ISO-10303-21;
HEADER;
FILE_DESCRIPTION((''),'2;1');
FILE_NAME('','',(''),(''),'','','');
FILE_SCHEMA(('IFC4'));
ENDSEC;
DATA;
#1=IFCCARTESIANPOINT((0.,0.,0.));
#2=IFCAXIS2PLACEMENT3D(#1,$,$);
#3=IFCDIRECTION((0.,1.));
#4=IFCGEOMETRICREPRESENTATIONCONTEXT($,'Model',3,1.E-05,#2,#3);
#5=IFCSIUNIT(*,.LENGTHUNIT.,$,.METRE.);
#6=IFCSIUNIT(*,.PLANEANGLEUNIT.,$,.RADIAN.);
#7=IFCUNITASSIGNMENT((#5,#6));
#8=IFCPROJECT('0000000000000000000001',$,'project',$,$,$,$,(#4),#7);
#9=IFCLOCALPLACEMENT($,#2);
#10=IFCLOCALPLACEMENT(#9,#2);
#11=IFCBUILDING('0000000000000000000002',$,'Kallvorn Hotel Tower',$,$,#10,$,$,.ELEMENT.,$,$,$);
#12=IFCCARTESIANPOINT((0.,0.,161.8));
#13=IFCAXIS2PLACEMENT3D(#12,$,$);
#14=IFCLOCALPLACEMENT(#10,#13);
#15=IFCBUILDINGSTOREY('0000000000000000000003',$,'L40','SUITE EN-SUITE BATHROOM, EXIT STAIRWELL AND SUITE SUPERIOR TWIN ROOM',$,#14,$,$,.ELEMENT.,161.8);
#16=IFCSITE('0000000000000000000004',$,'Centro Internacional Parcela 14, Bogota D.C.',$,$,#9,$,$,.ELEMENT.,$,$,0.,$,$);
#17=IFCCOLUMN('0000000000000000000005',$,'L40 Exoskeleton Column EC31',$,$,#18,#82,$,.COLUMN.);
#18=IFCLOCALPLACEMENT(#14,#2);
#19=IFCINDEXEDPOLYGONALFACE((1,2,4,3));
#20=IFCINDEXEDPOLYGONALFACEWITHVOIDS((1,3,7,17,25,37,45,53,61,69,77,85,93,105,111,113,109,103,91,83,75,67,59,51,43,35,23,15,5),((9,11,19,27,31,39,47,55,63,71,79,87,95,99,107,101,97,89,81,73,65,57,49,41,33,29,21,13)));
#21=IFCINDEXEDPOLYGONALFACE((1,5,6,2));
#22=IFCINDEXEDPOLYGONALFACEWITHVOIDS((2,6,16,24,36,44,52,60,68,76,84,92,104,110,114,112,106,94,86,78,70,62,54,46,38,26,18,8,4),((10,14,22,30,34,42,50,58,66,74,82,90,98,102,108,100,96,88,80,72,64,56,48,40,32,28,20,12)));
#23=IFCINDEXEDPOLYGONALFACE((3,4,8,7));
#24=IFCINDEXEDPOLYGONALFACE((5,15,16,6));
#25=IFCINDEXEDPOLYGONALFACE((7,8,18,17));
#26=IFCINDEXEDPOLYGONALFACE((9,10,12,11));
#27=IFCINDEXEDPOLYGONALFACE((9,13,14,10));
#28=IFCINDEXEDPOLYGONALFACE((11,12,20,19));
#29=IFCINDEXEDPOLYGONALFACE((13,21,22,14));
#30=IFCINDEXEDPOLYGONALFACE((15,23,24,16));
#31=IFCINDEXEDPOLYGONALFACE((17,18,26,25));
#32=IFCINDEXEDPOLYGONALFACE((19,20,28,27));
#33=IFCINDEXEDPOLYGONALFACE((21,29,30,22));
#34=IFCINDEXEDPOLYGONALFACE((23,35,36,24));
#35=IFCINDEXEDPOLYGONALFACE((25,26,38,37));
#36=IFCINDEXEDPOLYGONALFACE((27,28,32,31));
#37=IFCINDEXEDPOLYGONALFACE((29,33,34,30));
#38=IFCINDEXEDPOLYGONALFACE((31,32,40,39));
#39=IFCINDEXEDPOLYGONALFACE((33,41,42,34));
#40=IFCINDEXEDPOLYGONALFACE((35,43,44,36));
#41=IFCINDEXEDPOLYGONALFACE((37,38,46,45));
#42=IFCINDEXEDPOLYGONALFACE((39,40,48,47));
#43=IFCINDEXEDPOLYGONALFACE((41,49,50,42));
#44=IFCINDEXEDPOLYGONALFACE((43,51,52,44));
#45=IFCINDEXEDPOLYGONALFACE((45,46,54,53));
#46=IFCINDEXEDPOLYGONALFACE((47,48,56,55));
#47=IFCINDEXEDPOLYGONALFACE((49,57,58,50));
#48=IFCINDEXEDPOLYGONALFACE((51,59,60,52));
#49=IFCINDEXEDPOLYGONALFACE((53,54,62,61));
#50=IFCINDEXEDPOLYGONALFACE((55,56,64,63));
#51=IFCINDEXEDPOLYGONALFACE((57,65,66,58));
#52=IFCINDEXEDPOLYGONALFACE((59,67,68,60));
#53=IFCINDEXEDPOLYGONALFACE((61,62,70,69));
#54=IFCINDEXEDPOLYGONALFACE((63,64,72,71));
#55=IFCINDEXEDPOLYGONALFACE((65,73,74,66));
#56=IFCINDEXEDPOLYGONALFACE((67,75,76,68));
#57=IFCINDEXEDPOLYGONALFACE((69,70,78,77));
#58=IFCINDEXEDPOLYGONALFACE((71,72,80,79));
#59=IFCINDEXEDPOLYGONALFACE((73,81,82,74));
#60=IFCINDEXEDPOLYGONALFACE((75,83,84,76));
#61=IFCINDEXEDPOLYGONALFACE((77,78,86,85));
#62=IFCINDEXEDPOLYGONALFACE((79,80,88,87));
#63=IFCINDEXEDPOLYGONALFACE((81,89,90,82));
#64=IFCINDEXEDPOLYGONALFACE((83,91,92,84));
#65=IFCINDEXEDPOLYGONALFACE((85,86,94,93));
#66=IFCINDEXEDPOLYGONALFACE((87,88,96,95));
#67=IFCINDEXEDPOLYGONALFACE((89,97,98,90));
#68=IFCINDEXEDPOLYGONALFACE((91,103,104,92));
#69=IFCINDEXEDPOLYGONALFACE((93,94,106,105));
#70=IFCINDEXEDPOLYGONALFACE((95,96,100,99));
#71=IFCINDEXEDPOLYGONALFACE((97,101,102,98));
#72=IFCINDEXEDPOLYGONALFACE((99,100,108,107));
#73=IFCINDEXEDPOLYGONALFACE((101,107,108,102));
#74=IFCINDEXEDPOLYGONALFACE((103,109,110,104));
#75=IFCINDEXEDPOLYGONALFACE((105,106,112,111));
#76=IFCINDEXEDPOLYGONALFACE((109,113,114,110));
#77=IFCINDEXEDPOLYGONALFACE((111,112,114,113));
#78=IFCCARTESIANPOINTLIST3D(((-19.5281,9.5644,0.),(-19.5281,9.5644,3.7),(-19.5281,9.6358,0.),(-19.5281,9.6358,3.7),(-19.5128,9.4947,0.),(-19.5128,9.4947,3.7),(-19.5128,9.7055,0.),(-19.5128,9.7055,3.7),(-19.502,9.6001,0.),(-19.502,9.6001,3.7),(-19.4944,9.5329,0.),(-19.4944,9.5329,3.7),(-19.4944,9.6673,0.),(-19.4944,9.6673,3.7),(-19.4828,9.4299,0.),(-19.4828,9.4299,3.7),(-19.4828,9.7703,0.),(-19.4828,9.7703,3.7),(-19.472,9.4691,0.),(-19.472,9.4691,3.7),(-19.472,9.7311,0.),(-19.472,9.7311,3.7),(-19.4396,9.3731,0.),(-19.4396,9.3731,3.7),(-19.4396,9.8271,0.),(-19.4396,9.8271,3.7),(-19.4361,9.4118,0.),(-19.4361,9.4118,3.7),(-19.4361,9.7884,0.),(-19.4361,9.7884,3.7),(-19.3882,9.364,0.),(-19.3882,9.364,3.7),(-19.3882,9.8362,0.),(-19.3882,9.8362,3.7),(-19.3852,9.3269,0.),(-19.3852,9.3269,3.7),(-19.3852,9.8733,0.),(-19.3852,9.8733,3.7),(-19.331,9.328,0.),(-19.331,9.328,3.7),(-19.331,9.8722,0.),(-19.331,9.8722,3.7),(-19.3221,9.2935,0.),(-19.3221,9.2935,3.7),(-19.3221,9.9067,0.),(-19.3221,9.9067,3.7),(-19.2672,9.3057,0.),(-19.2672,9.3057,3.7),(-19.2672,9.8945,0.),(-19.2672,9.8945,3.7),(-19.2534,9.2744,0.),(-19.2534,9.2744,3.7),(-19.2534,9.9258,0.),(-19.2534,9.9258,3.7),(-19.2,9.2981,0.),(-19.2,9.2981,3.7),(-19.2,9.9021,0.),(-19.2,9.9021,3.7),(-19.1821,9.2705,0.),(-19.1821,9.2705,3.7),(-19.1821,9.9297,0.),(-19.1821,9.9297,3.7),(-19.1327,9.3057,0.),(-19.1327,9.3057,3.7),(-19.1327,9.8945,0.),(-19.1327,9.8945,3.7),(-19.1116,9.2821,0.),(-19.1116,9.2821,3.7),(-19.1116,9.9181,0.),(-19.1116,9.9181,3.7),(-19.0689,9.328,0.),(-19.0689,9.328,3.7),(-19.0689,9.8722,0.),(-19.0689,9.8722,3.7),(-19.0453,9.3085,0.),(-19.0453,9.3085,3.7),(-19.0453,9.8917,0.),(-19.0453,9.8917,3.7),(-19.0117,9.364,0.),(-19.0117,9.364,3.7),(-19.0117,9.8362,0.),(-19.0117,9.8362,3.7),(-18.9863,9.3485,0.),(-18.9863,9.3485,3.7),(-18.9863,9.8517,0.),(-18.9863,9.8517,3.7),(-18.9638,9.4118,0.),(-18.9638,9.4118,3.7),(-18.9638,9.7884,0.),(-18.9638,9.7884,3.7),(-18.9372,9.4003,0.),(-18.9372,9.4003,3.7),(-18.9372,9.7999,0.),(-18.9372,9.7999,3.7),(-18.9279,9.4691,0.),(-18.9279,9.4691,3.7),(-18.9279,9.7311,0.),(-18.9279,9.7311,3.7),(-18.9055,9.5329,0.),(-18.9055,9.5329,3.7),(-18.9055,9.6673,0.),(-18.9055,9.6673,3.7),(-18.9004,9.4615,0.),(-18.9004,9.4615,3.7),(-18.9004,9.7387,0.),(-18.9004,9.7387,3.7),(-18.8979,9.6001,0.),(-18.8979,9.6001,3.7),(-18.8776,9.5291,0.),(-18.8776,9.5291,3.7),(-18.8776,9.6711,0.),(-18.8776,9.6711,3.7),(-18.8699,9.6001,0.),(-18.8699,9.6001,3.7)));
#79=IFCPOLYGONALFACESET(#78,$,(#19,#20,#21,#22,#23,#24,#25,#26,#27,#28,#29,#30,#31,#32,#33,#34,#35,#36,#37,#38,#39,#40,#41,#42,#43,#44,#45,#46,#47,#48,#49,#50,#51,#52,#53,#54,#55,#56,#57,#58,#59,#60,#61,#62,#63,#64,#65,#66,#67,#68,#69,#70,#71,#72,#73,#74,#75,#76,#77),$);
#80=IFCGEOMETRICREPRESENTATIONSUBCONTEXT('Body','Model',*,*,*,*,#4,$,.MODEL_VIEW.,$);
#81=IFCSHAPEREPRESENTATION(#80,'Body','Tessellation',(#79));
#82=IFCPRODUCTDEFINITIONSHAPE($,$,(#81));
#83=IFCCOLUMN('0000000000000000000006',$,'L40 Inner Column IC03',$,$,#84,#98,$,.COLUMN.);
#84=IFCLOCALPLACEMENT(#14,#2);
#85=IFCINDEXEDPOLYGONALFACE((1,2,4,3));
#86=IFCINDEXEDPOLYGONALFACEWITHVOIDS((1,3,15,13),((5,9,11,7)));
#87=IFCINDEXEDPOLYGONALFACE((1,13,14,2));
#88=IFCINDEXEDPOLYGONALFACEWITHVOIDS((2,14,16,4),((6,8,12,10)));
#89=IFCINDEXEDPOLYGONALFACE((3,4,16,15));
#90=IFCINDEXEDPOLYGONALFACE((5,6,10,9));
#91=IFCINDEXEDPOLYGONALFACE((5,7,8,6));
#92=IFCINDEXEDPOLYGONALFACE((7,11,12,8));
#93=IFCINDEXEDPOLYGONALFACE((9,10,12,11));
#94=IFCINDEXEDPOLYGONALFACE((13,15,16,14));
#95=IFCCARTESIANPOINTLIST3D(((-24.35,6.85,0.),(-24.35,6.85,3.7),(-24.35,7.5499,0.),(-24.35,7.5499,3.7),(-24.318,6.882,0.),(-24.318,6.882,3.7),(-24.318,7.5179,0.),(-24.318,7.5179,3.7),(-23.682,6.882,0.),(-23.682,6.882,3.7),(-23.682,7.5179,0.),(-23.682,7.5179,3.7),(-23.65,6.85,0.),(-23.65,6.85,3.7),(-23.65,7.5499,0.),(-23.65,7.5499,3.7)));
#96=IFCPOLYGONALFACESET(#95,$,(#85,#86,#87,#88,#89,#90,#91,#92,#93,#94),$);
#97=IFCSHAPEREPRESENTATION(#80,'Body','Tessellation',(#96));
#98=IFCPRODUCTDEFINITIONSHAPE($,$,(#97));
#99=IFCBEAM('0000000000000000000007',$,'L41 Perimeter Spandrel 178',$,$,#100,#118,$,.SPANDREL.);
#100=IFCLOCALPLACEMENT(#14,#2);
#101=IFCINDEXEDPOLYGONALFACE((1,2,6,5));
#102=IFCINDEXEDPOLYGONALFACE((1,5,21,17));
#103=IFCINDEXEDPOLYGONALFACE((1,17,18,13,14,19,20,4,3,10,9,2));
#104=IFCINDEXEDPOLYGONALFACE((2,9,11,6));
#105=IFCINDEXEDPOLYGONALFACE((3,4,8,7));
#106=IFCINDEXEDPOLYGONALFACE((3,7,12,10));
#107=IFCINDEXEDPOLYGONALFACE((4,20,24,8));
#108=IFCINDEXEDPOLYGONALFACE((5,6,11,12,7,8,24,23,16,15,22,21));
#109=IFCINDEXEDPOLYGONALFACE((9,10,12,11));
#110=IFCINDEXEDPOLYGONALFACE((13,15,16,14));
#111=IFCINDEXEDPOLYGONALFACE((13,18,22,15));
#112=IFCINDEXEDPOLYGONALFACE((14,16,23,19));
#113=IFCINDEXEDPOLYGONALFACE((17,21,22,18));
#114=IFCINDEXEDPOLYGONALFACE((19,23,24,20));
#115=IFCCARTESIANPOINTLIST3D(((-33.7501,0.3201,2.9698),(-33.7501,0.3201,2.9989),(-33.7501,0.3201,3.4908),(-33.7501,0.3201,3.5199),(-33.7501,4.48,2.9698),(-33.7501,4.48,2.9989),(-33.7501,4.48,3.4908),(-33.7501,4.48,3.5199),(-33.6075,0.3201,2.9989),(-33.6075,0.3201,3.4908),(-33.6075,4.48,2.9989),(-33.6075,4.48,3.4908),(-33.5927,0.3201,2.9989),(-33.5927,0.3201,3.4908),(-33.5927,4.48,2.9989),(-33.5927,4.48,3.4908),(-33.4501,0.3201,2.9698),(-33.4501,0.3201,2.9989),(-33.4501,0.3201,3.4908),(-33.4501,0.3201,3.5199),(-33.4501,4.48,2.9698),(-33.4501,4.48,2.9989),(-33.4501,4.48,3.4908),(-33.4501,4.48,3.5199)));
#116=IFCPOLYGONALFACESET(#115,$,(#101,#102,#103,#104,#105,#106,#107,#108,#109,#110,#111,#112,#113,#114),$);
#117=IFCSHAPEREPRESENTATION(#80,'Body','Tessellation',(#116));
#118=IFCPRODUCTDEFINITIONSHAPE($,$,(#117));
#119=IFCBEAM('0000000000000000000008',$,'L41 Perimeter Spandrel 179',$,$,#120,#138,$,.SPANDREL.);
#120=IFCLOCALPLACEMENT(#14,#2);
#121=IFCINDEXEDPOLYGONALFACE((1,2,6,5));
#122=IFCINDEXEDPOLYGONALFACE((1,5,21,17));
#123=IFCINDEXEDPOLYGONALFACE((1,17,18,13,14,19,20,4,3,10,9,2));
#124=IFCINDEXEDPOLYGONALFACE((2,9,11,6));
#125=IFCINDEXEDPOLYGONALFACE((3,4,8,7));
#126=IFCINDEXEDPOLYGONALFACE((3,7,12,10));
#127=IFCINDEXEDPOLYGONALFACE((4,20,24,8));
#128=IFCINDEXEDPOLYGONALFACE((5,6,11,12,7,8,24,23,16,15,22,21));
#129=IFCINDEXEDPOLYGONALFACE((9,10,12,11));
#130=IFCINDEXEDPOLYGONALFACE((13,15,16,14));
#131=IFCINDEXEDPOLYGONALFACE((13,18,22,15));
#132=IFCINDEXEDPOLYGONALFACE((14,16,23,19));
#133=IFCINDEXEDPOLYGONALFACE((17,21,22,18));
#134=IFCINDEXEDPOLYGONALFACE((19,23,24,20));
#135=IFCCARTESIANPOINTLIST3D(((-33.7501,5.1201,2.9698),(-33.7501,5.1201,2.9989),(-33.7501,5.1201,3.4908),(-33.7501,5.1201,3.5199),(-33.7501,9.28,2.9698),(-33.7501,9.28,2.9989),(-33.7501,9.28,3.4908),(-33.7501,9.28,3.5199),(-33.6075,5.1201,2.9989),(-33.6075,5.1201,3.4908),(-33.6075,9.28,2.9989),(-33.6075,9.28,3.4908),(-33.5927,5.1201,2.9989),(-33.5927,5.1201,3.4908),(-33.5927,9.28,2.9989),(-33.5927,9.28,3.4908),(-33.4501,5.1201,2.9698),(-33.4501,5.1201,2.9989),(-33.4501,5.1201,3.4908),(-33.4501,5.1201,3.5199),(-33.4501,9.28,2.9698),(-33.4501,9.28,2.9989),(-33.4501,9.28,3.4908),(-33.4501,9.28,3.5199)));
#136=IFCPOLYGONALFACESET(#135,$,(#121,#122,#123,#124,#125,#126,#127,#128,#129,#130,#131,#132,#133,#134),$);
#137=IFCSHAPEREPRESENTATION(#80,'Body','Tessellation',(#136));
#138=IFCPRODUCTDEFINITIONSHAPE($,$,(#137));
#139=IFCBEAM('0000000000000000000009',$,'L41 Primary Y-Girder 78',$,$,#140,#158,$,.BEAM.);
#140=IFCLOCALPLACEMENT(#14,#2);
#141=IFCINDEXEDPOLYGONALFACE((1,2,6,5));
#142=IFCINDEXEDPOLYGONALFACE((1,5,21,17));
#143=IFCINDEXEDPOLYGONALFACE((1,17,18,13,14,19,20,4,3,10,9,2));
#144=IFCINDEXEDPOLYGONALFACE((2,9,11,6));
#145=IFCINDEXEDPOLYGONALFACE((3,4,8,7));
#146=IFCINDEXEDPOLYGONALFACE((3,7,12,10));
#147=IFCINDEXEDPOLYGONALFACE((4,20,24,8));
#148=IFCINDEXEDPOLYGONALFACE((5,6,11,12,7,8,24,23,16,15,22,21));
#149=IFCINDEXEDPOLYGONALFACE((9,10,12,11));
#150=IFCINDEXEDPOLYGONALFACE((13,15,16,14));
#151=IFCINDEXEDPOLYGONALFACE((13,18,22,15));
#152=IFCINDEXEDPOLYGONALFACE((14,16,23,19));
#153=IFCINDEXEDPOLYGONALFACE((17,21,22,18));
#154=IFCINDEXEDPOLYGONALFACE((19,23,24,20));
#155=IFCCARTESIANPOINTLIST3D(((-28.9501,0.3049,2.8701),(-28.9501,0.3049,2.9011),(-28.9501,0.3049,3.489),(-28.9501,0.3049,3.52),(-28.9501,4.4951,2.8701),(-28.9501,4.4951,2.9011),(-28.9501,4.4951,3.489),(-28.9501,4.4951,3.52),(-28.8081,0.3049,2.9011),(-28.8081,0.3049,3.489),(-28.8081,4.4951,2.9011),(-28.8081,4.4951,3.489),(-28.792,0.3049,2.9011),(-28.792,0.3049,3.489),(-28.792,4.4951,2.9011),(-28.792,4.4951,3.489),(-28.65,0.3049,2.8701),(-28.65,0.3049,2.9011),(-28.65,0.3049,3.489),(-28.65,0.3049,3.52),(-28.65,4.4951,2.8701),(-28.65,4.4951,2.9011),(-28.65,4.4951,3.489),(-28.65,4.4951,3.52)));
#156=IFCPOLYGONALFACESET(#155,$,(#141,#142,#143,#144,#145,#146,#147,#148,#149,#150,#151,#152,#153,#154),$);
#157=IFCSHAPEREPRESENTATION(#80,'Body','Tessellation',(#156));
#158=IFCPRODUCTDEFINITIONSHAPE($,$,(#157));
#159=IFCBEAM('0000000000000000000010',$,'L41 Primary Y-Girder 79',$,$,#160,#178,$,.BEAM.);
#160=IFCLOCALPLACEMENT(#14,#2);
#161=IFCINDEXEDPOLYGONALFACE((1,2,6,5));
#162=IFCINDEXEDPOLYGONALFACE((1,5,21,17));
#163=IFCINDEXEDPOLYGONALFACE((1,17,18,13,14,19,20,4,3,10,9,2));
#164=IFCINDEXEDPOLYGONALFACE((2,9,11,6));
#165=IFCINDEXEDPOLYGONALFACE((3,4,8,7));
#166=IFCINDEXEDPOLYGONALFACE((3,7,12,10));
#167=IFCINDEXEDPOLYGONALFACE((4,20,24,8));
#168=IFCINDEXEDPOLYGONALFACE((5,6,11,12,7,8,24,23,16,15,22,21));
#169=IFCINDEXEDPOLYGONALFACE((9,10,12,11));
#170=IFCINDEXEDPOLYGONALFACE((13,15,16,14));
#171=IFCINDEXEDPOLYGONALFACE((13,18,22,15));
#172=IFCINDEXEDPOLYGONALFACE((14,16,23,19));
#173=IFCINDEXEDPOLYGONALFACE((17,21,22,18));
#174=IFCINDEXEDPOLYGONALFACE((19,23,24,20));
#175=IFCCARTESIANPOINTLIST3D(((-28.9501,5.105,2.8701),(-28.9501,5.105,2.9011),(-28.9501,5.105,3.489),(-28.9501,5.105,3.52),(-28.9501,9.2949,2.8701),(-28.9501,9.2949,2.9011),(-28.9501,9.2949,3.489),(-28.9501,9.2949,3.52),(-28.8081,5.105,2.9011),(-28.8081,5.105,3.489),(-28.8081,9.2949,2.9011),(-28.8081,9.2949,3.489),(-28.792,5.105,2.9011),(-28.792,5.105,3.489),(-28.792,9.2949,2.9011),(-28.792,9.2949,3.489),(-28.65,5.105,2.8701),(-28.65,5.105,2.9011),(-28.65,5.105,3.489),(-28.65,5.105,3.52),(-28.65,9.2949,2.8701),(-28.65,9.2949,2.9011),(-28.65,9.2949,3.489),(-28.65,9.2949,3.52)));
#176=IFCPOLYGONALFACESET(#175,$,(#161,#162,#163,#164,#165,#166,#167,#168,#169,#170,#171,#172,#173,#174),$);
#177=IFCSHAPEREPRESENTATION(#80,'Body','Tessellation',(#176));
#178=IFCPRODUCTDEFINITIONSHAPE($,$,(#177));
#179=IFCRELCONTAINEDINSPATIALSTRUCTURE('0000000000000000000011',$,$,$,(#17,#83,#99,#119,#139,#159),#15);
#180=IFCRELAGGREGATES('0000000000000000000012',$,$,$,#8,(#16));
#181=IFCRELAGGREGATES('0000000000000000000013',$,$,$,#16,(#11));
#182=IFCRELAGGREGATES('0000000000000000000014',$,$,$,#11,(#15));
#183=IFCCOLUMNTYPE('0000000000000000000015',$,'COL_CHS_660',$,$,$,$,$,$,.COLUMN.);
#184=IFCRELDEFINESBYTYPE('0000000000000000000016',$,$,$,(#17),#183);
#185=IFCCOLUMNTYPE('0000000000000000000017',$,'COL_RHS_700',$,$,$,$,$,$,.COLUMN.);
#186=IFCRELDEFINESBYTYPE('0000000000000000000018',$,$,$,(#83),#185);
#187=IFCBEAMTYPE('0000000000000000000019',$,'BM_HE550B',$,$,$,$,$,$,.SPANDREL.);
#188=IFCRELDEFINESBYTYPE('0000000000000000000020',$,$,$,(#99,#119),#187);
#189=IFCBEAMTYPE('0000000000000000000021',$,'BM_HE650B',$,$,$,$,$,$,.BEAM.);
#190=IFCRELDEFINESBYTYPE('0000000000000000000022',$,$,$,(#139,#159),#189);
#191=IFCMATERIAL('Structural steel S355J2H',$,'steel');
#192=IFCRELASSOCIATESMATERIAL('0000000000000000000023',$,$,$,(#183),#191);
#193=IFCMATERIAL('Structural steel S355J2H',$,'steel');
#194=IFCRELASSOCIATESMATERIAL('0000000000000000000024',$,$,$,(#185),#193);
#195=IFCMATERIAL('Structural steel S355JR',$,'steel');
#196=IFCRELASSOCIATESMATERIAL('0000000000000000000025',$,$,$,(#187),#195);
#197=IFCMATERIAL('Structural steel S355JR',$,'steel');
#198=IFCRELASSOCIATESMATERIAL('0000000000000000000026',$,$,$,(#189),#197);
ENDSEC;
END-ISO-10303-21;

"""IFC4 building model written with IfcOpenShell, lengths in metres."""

from ifc_helpers import new_model, si_unit, direction, frame, origin, origin_2d, place, context, subcontext, project, spatial, hollow_rectangle, hollow_circle, i_section, extrude, material, material_profile, profile_set, type_object, element, save


model = new_model("IFC4")

# Units and contexts
model_context = context("Model", 3, precision=1e-05, world=origin(), true_north=direction((0.0, 1.0)))
body_context = subcontext(model_context, "Body", "Model", "MODEL_VIEW")
ifc_project = project(units=[si_unit("LENGTHUNIT", "METRE"), si_unit("PLANEANGLEUNIT", "RADIAN")], contexts=[model_context])

# Site, building, storey
site_placement = place(None, origin())
site = spatial("IfcSite", under=ifc_project, at=site_placement, Name="Centro Internacional Parcela 14, Bogota D.C.", CompositionType="ELEMENT", RefElevation=0.0)
building_placement = place(site_placement, origin())
building = spatial("IfcBuilding", under=site, at=building_placement, Name="Kallvorn Hotel Tower", CompositionType="ELEMENT")
storey_placement = place(building_placement, frame((0.0, 0.0, 161.8)))
storey = spatial("IfcBuildingStorey", under=building, at=storey_placement, Name="L40", Description="SUITE EN-SUITE BATHROOM, EXIT STAIRWELL AND SUITE SUPERIOR TWIN ROOM", CompositionType="ELEMENT", Elevation=161.8)

# Columns
ifc_material_1 = material(Name="Structural steel S355J2H", Category="steel")
ifc_material_profile_1 = material_profile(ifc_material_1, hollow_circle(Radius=0.3301, WallThickness=0.0281, at=origin_2d()), Name="CHS 660x28")
ifc_profile_set_1 = profile_set([ifc_material_profile_1], Name="Structural steel S355J2H")
column_type_1 = type_object("IfcColumnType", Name="COL_CHS_660", PredefinedType="COLUMN", material=ifc_profile_set_1)
for number, where, z_axis, x_axis, name in (
    (1, (-19.2, 9.6001, 0.0), (0.0, 0.0, 1.0), (1.0, 0.0, 0.0), "L40 Exoskeleton Column EC31"),
):
    element("IfcColumn", number, at=place(storey_placement, frame(where, z_axis=z_axis, x_axis=x_axis)), inside=storey, type_object=column_type_1, Name=name, PredefinedType="COLUMN", context=body_context, shape_type="SweptSolid", body=[
        extrude(hollow_circle(Radius=0.3301, WallThickness=0.0281, at=origin_2d()), origin(), (0.0, 0.0, 1.0), 3.7),
    ])
ifc_material_2 = material(Name="Structural steel S355J2H", Category="steel")
ifc_material_profile_2 = material_profile(ifc_material_2, hollow_rectangle(XDim=0.7, YDim=0.7, WallThickness=0.032, at=origin_2d()), Name="RHS 700x700x32")
ifc_profile_set_2 = profile_set([ifc_material_profile_2], Name="Structural steel S355J2H")
column_type_2 = type_object("IfcColumnType", Name="COL_RHS_700", PredefinedType="COLUMN", material=ifc_profile_set_2)
column_placement = place(storey_placement, frame((-24.0, 7.2, 0.0), z_axis=(0.0, 0.0, 1.0), x_axis=(1.0, 0.0, 0.0)))
element("IfcColumn", 2, at=column_placement, inside=storey, type_object=column_type_2, Name="L40 Inner Column IC03", PredefinedType="COLUMN", context=body_context, shape_type="SweptSolid", body=[
    extrude(hollow_rectangle(XDim=0.7, YDim=0.7, WallThickness=0.032, at=origin_2d()), origin(), (0.0, 0.0, 1.0), 3.7),
])

# Beams
ifc_material_3 = material(Name="Structural steel S355JR", Category="steel")
ifc_material_profile_3 = material_profile(ifc_material_3, i_section(OverallWidth=0.3, OverallDepth=0.55, WebThickness=0.0149, FlangeThickness=0.0291, at=origin_2d()), Name="HE 550 B")
ifc_profile_set_3 = profile_set([ifc_material_profile_3], Name="Structural steel S355JR")
beam_type_1 = type_object("IfcBeamType", Name="BM_HE550B", PredefinedType="SPANDREL", material=ifc_profile_set_3)
for number, where, z_axis, x_axis, name in (
    (3, (-33.6001, 0.3201, 3.2449), (0.0, 1.0, 0.0), (-1.0, 0.0, 0.0), "L41 Perimeter Spandrel 178"),
    (4, (-33.6001, 5.1201, 3.2449), (0.0, 1.0, 0.0), (-1.0, 0.0, 0.0), "L41 Perimeter Spandrel 179"),
):
    element("IfcBeam", number, at=place(storey_placement, frame(where, z_axis=z_axis, x_axis=x_axis)), inside=storey, type_object=beam_type_1, Name=name, PredefinedType="SPANDREL", context=body_context, shape_type="SweptSolid", body=[
        extrude(i_section(OverallWidth=0.3, OverallDepth=0.55, WebThickness=0.0149, FlangeThickness=0.0291, at=origin_2d()), origin(), (0.0, 0.0, 1.0), 4.1599),
    ])
ifc_material_4 = material(Name="Structural steel S355JR", Category="steel")
ifc_material_profile_4 = material_profile(ifc_material_4, i_section(OverallWidth=0.3, OverallDepth=0.6499, WebThickness=0.0161, FlangeThickness=0.031, at=origin_2d()), Name="HE 650 B")
ifc_profile_set_4 = profile_set([ifc_material_profile_4], Name="Structural steel S355JR")
beam_type_2 = type_object("IfcBeamType", Name="BM_HE650B", PredefinedType="BEAM", material=ifc_profile_set_4)
beam_1_placement = place(storey_placement, frame((-28.8, 0.3049, 3.1951), z_axis=(0.0, 1.0, 0.0), x_axis=(-1.0, 0.0, 0.0)))
element("IfcBeam", 5, at=beam_1_placement, inside=storey, type_object=beam_type_2, Name="L41 Primary Y-Girder 78", PredefinedType="BEAM", context=body_context, shape_type="SweptSolid", body=[
    extrude(i_section(OverallWidth=0.3, OverallDepth=0.6499, WebThickness=0.0161, FlangeThickness=0.031, at=origin_2d()), origin(), (0.0, 0.0, 1.0), 4.1902),
])
beam_2_placement = place(storey_placement, frame((-28.8, 5.105, 3.1951), z_axis=(0.0, 1.0, 0.0), x_axis=(-1.0, 0.0, 0.0)))
element("IfcBeam", 6, at=beam_2_placement, inside=storey, type_object=beam_type_2, Name="L41 Primary Y-Girder 79", PredefinedType="BEAM", context=body_context, shape_type="SweptSolid", body=[
    extrude(i_section(OverallWidth=0.3, OverallDepth=0.6499, WebThickness=0.0161, FlangeThickness=0.031, at=origin_2d()), origin(), (0.0, 0.0, 1.0), 4.1899),
])

save(model, "model.ifc")
